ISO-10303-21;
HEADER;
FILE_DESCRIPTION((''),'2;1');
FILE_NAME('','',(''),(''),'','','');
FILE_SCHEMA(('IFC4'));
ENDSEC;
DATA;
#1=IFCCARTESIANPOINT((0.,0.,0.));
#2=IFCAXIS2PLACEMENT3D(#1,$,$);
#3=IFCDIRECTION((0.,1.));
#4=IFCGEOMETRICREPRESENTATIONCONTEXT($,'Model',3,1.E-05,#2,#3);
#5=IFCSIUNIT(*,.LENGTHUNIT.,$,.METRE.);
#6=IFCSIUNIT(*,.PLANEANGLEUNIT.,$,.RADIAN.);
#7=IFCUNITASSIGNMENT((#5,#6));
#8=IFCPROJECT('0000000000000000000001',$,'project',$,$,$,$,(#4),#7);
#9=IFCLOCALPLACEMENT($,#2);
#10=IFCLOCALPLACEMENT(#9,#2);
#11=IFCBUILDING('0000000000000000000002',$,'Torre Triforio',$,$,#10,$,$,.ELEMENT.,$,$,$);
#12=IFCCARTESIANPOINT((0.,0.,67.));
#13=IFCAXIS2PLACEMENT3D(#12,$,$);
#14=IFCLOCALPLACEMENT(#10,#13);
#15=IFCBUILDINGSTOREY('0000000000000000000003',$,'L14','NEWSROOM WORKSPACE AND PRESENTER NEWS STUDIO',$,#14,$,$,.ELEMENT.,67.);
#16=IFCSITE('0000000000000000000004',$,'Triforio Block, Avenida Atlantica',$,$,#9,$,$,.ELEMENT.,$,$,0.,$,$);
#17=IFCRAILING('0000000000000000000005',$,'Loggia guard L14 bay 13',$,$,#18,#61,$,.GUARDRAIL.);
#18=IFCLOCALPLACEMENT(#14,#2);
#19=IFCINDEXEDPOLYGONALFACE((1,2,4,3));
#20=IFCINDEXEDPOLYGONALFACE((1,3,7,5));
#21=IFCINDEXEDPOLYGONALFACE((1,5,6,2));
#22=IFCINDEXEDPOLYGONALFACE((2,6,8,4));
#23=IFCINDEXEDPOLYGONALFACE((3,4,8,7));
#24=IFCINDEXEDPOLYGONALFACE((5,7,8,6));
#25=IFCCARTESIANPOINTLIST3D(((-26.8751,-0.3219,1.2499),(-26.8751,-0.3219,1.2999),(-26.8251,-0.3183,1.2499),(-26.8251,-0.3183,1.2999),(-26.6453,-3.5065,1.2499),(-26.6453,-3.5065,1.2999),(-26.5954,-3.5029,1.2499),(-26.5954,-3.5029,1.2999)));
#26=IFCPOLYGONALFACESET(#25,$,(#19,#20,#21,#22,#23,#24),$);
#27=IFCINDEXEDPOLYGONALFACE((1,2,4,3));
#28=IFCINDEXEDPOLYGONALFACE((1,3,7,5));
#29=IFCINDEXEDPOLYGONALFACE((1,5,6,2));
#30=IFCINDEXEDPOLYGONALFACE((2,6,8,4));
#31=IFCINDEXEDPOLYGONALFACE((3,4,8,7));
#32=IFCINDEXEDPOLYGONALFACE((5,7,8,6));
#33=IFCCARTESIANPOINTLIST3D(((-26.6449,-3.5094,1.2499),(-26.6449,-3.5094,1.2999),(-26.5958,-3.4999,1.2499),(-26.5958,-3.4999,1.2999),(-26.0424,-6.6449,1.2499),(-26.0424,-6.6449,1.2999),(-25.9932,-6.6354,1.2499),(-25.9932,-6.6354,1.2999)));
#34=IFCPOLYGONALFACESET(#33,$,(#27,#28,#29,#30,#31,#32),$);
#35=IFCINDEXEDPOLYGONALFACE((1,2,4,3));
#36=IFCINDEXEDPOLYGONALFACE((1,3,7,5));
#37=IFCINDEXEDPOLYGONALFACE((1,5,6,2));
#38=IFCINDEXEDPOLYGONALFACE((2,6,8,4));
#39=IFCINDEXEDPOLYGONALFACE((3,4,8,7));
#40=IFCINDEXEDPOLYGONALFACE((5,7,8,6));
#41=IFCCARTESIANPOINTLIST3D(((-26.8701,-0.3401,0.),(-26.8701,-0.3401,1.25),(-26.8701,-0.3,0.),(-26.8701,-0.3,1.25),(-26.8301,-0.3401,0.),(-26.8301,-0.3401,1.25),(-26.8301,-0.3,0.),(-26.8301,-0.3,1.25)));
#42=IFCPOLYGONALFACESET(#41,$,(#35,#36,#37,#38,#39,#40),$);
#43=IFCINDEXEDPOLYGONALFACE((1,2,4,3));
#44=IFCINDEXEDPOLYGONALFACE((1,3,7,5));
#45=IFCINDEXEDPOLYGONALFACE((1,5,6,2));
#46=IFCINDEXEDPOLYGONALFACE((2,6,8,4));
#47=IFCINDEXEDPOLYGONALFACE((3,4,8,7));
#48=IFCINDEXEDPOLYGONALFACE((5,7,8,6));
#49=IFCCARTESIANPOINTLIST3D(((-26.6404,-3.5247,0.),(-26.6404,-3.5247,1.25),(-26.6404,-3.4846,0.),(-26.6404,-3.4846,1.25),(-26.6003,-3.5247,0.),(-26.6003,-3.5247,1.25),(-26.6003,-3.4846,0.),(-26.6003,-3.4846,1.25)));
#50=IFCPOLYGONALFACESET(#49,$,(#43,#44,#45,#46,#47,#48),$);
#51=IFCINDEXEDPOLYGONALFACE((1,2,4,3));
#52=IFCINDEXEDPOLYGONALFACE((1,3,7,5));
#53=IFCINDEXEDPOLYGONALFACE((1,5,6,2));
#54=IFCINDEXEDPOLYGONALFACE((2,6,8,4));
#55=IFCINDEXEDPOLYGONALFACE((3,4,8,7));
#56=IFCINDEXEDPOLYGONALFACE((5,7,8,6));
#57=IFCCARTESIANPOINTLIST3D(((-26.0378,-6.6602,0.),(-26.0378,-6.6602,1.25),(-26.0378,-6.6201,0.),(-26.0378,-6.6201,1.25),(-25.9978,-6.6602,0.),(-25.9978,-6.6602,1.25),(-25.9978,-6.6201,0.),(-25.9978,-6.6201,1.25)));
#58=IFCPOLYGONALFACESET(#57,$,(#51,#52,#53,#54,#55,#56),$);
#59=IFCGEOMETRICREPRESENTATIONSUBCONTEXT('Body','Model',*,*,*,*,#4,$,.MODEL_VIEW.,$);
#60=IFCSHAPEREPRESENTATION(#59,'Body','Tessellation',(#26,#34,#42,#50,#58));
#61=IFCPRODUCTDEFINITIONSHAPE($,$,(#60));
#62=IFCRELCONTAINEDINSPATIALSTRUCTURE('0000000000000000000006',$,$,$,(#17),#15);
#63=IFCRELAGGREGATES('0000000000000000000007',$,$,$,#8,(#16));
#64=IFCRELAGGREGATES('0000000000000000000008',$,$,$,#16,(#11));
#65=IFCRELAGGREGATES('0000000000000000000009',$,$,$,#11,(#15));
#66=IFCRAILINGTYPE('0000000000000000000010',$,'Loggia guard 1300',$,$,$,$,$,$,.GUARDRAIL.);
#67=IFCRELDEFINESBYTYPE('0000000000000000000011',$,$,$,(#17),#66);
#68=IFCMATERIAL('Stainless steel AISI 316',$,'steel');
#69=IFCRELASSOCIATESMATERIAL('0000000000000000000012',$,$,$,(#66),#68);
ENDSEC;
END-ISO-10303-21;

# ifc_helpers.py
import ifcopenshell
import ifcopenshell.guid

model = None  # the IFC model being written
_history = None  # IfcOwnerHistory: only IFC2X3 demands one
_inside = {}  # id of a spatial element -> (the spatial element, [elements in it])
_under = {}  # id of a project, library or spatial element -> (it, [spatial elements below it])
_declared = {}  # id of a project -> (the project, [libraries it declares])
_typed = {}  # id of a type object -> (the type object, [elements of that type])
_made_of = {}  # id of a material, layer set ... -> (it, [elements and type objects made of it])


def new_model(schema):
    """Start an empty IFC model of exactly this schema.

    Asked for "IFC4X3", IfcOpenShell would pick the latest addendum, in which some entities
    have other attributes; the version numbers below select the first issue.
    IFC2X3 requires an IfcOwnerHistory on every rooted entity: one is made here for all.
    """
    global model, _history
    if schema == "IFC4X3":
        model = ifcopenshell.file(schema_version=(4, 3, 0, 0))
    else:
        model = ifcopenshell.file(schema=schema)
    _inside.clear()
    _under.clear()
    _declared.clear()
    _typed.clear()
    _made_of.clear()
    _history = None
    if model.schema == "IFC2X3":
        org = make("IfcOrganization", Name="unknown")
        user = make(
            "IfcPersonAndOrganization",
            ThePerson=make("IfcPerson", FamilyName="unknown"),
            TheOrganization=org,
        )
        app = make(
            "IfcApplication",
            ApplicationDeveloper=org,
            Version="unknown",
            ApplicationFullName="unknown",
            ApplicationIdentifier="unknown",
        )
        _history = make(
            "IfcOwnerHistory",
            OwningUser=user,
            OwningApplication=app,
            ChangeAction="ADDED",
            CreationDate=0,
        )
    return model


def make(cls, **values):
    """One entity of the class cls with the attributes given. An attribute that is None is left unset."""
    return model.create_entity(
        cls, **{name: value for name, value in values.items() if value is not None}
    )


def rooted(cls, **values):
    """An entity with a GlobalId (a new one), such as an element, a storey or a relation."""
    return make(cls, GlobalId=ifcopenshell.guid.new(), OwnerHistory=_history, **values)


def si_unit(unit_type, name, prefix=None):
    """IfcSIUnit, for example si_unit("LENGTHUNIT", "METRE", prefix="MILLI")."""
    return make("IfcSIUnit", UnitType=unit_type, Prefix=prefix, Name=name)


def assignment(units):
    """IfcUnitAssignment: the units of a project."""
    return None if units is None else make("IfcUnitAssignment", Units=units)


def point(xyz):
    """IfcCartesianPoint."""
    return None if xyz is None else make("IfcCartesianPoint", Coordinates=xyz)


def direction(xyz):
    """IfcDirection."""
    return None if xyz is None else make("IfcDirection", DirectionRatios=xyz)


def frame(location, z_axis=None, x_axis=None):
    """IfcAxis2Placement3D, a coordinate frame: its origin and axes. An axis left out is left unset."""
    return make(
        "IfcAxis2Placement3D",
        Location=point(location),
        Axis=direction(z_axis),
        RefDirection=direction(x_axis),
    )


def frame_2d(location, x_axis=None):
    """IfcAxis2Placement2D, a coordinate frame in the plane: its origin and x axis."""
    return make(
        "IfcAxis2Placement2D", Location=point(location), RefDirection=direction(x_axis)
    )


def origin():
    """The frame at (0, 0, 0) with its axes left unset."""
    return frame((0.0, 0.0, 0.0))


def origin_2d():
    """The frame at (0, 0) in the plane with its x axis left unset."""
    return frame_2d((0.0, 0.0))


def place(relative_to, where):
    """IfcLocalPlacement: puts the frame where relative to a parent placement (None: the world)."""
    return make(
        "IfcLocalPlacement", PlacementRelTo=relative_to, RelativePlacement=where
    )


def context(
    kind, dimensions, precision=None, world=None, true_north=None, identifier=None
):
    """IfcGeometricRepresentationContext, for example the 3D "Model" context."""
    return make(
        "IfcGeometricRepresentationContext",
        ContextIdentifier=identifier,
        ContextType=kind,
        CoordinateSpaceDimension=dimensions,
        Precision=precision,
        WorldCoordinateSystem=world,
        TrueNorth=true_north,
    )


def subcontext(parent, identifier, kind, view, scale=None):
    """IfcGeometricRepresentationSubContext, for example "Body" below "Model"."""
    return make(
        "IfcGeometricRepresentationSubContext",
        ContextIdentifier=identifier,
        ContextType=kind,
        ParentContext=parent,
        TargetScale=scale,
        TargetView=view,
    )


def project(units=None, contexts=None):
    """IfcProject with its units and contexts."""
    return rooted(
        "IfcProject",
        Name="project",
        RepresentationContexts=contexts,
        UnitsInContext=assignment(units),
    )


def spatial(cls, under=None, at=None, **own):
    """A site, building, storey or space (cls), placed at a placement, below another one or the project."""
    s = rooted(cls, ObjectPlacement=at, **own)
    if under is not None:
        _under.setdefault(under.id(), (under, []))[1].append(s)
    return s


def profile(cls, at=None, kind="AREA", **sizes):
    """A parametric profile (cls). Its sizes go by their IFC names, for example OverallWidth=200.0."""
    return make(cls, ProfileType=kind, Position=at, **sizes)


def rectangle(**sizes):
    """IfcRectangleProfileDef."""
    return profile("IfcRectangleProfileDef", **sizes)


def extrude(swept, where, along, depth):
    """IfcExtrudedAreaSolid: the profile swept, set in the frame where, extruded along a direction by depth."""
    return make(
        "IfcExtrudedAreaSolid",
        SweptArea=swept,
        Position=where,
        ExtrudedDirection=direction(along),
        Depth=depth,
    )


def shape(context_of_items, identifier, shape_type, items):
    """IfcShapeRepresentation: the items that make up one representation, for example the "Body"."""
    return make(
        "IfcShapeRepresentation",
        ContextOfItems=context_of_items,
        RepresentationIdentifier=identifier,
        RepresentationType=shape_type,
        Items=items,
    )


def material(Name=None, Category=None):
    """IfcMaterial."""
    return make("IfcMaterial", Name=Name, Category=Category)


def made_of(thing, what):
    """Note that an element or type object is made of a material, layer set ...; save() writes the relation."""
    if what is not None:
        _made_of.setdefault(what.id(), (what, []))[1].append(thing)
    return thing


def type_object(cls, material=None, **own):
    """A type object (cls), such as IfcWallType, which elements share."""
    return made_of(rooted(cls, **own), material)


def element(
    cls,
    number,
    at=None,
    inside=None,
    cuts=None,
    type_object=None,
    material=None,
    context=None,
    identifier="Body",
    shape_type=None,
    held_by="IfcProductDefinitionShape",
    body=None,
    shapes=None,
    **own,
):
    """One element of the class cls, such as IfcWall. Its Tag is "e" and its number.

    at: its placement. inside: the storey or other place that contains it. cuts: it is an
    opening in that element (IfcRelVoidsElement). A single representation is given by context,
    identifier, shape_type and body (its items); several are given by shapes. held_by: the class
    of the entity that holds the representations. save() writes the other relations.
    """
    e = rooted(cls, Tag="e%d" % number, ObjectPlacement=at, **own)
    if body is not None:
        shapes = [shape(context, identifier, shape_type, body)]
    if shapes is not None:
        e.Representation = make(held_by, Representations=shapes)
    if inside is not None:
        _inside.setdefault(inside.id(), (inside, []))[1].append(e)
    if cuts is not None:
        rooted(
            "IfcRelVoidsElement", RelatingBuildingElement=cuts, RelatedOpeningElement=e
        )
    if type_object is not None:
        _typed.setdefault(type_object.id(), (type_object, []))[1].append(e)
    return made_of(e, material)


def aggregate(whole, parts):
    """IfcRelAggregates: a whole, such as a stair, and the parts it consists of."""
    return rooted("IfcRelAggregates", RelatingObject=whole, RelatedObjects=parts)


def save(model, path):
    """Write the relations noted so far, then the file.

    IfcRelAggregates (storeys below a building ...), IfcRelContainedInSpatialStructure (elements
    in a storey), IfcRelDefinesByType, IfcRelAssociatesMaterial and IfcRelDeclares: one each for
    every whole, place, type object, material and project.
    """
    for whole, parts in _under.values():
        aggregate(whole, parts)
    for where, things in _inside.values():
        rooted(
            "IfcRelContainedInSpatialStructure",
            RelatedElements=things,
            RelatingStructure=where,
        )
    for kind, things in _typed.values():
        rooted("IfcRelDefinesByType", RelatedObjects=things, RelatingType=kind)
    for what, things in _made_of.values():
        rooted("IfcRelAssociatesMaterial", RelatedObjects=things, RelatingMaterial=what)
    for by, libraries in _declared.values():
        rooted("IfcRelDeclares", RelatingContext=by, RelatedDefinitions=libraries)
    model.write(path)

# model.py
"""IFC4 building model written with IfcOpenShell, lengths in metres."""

from ifc_helpers import new_model, si_unit, direction, frame, origin, origin_2d, place, context, subcontext, project, spatial, rectangle, extrude, material, type_object, element, save


model = new_model("IFC4")

# Units and contexts
model_context = context("Model", 3, precision=1e-05, world=origin(), true_north=direction((0.0, 1.0)))
body_context = subcontext(model_context, "Body", "Model", "MODEL_VIEW")
ifc_project = project(units=[si_unit("LENGTHUNIT", "METRE"), si_unit("PLANEANGLEUNIT", "RADIAN")], contexts=[model_context])

# Site, building, storey
site_placement = place(None, origin())
site = spatial("IfcSite", under=ifc_project, at=site_placement, Name="Triforio Block, Avenida Atlantica", CompositionType="ELEMENT", RefElevation=0.0)
building_placement = place(site_placement, origin())
building = spatial("IfcBuilding", under=site, at=building_placement, Name="Torre Triforio", CompositionType="ELEMENT")
storey_placement = place(building_placement, frame((0.0, 0.0, 67.0)))
storey = spatial("IfcBuildingStorey", under=building, at=storey_placement, Name="L14", Description="NEWSROOM WORKSPACE AND PRESENTER NEWS STUDIO", CompositionType="ELEMENT", Elevation=67.0)

# Railing
ifc_material_1 = material(Name="Stainless steel AISI 316", Category="steel")
railing_type = type_object("IfcRailingType", Name="Loggia guard 1300", PredefinedType="GUARDRAIL", material=ifc_material_1)
railing_1_placement = place(storey_placement, frame((-26.8501, -0.3201, 0.0)))
element("IfcRailing", 1, at=railing_1_placement, inside=storey, type_object=railing_type, Name="Loggia guard L14 bay 13", PredefinedType="GUARDRAIL", context=body_context, shape_type="SweptSolid", body=[
    extrude(rectangle(XDim=0.05, YDim=0.05, at=origin_2d()), frame((0.0, 0.0, 1.2749), z_axis=(0.071953, -0.997408, 0.0), x_axis=(0.997408, 0.071953, 0.0)), (0.0, 0.0, 1.0), 3.1929),
    extrude(rectangle(XDim=0.05, YDim=0.05, at=origin_2d()), frame((0.2297, -3.1846, 1.2749), z_axis=(0.188714, -0.982032, 0.0), x_axis=(0.982032, 0.188714, 0.0)), (0.0, 0.0, 1.0), 3.1929),
    extrude(rectangle(XDim=0.04, YDim=0.04, at=origin_2d()), origin(), (0.0, 0.0, 1.0), 1.25),
    extrude(rectangle(XDim=0.04, YDim=0.04, at=origin_2d()), frame((0.2297, -3.1846, 0.0)), (0.0, 0.0, 1.0), 1.25),
    extrude(rectangle(XDim=0.04, YDim=0.04, at=origin_2d()), frame((0.8323, -6.3201, 0.0)), (0.0, 0.0, 1.0), 1.25),
])

save(model, "model.ifc")
